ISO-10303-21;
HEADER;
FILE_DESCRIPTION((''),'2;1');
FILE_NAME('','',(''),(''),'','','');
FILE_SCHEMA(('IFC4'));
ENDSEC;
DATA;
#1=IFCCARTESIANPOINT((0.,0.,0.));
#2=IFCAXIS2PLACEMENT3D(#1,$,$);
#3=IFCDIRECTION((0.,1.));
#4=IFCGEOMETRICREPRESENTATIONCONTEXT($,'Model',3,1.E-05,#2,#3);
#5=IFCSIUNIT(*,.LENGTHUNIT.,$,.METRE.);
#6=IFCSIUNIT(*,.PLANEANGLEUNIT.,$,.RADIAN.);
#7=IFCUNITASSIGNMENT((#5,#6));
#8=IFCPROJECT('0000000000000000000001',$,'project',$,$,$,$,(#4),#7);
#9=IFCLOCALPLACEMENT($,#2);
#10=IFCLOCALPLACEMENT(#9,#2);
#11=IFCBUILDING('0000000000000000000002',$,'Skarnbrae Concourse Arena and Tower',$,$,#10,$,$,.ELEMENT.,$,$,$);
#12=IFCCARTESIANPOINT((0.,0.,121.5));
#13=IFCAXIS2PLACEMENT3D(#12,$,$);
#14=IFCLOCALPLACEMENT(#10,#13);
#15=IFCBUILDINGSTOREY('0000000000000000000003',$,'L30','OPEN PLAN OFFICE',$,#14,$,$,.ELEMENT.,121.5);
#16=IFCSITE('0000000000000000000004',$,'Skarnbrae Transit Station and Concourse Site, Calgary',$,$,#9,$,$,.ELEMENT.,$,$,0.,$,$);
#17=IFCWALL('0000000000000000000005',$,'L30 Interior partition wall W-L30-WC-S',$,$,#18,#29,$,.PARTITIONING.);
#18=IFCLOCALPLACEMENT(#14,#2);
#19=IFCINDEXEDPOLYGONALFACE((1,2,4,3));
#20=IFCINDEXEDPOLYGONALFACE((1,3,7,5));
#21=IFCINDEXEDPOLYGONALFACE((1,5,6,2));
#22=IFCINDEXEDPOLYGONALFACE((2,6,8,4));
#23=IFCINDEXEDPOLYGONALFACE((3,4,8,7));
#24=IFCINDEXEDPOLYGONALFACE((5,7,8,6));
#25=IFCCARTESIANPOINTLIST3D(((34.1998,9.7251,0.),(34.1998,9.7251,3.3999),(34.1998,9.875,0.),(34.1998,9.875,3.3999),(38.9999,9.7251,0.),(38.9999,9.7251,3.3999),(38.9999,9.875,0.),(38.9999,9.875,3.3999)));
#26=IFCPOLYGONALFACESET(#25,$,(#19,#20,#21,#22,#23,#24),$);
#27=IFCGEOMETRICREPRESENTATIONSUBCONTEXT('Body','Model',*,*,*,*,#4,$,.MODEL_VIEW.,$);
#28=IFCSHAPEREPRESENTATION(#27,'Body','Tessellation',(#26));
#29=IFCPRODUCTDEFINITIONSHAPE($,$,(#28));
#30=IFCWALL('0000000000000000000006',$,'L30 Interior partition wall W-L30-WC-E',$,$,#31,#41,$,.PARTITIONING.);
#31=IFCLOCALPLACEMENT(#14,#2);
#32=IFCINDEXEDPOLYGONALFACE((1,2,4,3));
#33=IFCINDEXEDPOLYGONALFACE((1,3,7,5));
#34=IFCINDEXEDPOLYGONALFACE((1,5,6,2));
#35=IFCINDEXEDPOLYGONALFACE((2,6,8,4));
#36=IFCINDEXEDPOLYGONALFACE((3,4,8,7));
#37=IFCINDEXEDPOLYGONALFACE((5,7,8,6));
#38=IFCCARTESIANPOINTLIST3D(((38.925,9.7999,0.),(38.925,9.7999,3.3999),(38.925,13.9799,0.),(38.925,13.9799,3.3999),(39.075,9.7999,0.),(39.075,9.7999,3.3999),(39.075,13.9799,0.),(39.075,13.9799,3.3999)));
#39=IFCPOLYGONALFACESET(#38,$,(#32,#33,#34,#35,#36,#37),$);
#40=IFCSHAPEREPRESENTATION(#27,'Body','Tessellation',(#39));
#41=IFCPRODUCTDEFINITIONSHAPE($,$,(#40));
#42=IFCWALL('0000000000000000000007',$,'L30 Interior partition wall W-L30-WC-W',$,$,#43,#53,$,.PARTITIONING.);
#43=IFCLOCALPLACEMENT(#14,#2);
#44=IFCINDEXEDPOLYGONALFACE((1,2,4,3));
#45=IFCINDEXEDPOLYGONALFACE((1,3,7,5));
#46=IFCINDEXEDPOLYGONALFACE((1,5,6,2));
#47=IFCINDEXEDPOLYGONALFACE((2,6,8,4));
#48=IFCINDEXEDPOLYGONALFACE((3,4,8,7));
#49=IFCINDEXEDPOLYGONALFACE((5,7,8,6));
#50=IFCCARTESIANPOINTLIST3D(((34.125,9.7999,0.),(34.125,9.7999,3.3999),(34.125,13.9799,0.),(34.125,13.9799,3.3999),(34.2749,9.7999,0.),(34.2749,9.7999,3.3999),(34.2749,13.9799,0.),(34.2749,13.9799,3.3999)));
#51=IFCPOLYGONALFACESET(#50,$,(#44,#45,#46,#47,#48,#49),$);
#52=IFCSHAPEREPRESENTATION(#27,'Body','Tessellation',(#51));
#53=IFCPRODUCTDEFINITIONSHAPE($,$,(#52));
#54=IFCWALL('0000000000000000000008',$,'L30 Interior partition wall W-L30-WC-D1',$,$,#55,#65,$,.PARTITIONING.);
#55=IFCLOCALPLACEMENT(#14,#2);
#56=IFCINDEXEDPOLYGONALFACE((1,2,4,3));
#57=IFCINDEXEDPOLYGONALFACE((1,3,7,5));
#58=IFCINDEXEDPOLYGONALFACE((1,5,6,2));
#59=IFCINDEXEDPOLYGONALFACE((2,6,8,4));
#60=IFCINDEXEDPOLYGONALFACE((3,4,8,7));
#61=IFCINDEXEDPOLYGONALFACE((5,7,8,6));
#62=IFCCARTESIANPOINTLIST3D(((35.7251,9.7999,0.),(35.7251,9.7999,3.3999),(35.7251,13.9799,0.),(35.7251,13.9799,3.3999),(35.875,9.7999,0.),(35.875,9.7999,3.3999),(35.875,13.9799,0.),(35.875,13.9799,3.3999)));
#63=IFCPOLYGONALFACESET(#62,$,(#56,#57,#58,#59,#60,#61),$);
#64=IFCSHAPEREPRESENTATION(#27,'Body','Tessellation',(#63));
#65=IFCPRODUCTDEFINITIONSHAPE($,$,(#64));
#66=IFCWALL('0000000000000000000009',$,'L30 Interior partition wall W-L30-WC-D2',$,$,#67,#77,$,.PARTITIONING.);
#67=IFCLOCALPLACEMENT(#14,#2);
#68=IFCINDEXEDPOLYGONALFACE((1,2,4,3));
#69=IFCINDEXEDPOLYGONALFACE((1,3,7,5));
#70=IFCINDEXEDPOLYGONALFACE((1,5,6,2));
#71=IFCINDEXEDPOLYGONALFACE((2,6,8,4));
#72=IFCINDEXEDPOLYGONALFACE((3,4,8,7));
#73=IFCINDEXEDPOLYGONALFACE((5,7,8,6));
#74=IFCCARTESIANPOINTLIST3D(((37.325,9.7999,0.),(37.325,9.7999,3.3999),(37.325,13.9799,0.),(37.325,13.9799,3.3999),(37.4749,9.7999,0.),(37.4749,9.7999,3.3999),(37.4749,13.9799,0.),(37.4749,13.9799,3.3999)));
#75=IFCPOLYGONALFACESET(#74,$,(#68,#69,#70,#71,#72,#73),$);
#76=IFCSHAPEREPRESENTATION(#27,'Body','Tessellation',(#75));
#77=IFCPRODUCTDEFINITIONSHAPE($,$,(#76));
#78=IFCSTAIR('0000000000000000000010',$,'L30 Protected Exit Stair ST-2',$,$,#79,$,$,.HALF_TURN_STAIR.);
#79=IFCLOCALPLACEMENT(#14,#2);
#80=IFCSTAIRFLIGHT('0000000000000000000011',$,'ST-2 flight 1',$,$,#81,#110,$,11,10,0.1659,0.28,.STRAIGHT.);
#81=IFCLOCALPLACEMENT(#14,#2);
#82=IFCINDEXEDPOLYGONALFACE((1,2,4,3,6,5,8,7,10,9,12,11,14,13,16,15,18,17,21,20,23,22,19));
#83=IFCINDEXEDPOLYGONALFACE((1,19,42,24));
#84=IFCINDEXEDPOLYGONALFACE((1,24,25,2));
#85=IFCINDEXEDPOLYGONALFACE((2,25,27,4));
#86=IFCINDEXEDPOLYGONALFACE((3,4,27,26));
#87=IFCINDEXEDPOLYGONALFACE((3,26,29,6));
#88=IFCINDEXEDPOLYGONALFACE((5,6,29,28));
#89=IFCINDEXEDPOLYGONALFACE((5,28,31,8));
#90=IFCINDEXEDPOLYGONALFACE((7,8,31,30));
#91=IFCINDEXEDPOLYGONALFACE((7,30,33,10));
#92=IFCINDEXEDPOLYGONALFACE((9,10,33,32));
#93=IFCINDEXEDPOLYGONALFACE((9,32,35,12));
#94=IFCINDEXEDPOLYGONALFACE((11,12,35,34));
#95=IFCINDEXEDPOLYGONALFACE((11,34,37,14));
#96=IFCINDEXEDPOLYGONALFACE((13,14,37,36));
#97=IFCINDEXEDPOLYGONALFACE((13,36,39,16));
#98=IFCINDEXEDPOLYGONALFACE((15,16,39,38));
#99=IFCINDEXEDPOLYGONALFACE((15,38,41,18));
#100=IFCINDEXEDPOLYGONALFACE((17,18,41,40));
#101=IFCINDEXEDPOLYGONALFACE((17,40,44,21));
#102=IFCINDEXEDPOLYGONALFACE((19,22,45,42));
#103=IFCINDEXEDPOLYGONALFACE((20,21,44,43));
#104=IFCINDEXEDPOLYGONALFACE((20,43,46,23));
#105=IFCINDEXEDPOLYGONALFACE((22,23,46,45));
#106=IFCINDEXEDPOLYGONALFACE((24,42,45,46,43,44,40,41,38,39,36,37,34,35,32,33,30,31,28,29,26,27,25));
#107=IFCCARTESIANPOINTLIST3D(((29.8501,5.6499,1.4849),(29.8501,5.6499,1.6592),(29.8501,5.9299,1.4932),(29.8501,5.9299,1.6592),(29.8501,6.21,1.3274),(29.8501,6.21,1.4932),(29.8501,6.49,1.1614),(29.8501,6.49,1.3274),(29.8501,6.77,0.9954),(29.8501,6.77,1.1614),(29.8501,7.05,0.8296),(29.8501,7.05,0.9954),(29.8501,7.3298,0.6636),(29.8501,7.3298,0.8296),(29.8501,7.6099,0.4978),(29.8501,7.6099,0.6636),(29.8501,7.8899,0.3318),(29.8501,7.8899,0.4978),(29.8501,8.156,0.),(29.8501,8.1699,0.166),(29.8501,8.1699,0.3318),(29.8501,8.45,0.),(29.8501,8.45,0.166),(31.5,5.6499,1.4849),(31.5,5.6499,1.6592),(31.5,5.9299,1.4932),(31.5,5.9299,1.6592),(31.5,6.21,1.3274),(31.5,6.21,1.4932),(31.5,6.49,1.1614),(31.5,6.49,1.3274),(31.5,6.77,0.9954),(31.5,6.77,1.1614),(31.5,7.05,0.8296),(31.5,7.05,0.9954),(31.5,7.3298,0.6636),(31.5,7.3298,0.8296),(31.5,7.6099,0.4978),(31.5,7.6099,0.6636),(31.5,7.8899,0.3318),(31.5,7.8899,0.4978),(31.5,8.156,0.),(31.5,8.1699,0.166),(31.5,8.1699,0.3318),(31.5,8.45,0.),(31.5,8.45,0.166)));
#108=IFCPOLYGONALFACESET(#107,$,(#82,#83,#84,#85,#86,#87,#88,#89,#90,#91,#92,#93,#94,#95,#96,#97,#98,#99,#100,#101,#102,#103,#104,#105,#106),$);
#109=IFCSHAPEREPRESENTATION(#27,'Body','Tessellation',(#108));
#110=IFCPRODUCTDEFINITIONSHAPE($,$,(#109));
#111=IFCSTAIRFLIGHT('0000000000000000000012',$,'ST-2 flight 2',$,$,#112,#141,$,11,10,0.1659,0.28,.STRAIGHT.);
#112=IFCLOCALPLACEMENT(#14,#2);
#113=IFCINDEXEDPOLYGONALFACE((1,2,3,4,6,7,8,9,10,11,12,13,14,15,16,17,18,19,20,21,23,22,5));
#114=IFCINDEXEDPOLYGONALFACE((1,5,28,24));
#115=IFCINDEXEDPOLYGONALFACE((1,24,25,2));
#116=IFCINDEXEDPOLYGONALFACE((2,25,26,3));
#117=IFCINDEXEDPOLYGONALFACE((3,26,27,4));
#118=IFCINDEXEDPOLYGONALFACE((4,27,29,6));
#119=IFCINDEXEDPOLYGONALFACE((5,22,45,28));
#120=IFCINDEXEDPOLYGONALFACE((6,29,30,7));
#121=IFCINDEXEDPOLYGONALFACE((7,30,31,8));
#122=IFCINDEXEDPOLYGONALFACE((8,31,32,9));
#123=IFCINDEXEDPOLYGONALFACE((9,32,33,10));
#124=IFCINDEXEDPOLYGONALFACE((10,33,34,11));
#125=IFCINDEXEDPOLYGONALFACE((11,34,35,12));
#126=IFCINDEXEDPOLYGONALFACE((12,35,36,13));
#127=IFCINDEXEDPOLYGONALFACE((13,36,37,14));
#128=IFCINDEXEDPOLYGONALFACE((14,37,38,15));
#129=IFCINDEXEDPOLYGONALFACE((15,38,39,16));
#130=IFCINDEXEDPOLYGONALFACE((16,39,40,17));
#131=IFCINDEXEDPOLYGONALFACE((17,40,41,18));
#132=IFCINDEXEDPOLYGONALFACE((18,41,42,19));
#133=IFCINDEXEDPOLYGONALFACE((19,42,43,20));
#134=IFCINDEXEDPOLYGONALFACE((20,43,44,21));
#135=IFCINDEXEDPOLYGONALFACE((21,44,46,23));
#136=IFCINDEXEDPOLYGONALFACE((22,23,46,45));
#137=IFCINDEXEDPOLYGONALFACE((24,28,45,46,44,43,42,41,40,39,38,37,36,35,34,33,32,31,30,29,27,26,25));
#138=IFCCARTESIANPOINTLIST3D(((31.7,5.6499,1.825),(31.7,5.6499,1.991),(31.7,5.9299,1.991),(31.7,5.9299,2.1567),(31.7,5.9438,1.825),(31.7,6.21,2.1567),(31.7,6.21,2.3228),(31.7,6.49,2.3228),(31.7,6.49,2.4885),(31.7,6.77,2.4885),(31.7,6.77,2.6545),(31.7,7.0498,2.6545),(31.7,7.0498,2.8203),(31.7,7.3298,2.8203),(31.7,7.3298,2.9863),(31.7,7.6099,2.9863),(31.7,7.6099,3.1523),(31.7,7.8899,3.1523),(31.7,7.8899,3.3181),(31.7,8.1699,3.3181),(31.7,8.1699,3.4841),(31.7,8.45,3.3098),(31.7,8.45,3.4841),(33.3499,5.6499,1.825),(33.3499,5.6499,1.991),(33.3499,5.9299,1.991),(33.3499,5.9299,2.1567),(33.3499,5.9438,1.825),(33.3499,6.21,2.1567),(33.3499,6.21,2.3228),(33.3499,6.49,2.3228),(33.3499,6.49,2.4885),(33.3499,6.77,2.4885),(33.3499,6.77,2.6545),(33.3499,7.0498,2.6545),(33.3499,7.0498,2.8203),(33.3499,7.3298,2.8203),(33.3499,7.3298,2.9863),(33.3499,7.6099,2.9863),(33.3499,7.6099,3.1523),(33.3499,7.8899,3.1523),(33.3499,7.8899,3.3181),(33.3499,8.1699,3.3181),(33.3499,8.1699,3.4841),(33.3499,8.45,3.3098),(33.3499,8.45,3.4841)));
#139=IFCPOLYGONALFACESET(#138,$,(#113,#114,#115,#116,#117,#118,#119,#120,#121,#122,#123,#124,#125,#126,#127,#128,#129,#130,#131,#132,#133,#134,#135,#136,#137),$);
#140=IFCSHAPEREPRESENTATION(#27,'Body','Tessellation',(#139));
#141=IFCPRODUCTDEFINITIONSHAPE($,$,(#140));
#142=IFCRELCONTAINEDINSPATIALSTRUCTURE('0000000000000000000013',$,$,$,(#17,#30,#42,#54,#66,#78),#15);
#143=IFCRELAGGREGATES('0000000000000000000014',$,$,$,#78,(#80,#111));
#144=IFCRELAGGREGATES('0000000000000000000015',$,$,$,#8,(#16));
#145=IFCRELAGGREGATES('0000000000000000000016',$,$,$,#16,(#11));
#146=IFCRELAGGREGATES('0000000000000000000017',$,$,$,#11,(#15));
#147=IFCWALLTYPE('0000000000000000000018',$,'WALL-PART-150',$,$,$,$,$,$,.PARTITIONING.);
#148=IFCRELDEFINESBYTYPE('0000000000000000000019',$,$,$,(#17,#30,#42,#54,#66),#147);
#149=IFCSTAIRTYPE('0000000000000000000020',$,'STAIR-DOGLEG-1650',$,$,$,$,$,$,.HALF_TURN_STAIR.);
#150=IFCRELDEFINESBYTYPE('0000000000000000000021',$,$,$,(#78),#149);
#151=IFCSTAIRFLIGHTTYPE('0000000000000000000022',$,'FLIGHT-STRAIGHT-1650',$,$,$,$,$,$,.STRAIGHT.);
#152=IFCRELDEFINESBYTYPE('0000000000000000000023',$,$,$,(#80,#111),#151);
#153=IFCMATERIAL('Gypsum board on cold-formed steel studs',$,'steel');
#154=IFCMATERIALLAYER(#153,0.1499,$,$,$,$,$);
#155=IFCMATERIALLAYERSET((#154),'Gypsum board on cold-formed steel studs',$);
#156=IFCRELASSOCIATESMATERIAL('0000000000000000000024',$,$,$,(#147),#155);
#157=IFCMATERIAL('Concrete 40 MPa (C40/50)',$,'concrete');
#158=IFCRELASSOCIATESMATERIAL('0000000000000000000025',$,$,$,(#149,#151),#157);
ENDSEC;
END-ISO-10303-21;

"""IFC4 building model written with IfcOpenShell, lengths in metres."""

from ifc_helpers import new_model, si_unit, direction, frame, frame_2d, origin, place, context, subcontext, project, spatial, polyline, rectangle, outline, extrude, source, transform, mapped, material, layer, layer_set, type_object, element, aggregate, save


model = new_model("IFC4")

# Units and contexts
model_context = context("Model", 3, precision=1e-05, world=origin(), true_north=direction((0.0, 1.0)))
body_context = subcontext(model_context, "Body", "Model", "MODEL_VIEW")
ifc_project = project(units=[si_unit("LENGTHUNIT", "METRE"), si_unit("PLANEANGLEUNIT", "RADIAN")], contexts=[model_context])

# Site, building, storey
site_placement = place(None, origin())
site = spatial("IfcSite", under=ifc_project, at=site_placement, Name="Skarnbrae Transit Station and Concourse Site, Calgary", CompositionType="ELEMENT", RefElevation=0.0)
building_placement = place(site_placement, origin())
building = spatial("IfcBuilding", under=site, at=building_placement, Name="Skarnbrae Concourse Arena and Tower", CompositionType="ELEMENT")
storey_placement = place(building_placement, frame((0.0, 0.0, 121.5)))
storey = spatial("IfcBuildingStorey", under=building, at=storey_placement, Name="L30", Description="OPEN PLAN OFFICE", CompositionType="ELEMENT", Elevation=121.5)

# Walls
ifc_material_1 = material(Name="Gypsum board on cold-formed steel studs", Category="steel")
ifc_layer_1 = layer(ifc_material_1, 0.1499)
ifc_layer_set_1 = layer_set([ifc_layer_1], Name="Gypsum board on cold-formed steel studs")
wall_type_1 = type_object("IfcWallType", Name="WALL-PART-150", PredefinedType="PARTITIONING", material=ifc_layer_set_1)
shared_shape_1 = source(origin(), body_context, "Body", "SweptSolid", [
    extrude(rectangle(XDim=4.8, YDim=0.1499, at=frame_2d((2.3999, 0.0))), origin(), (0.0, 0.0, 1.0), 3.3999),
])
wall_1_placement = place(storey_placement, frame((34.2, 9.8, 0.0), z_axis=(0.0, 0.0, 1.0), x_axis=(1.0, 0.0, 0.0)))
element("IfcWall", 1, at=wall_1_placement, inside=storey, type_object=wall_type_1, Name="L30 Interior partition wall W-L30-WC-S", PredefinedType="PARTITIONING", context=body_context, shape_type="MappedRepresentation", body=[
    mapped(shared_shape_1, transform((0.0, 0.0, 0.0))),
])
shared_shape_2 = source(origin(), body_context, "Body", "SweptSolid", [
    extrude(rectangle(XDim=4.1799, YDim=0.1499, at=frame_2d((2.0898, 0.0))), origin(), (0.0, 0.0, 1.0), 3.3999),
])
for number, where, z_axis, x_axis, name in (
    (2, (39.0, 9.8, 0.0), (0.0, 0.0, 1.0), (0.0, 1.0, 0.0), "L30 Interior partition wall W-L30-WC-E"),
    (3, (34.2, 9.8, 0.0), (0.0, 0.0, 1.0), (0.0, 1.0, 0.0), "L30 Interior partition wall W-L30-WC-W"),
    (4, (35.8, 9.8, 0.0), (0.0, 0.0, 1.0), (0.0, 1.0, 0.0), "L30 Interior partition wall W-L30-WC-D1"),
    (5, (37.3999, 9.8, 0.0), (0.0, 0.0, 1.0), (0.0, 1.0, 0.0), "L30 Interior partition wall W-L30-WC-D2"),
):
    element("IfcWall", number, at=place(storey_placement, frame(where, z_axis=z_axis, x_axis=x_axis)), inside=storey, type_object=wall_type_1, Name=name, PredefinedType="PARTITIONING", context=body_context, shape_type="MappedRepresentation", body=[
        mapped(shared_shape_2, transform((0.0, 0.0, 0.0))),
    ])

# Stair, stair flights
ifc_material_2 = material(Name="Concrete 40 MPa (C40/50)", Category="concrete")
stair_type = type_object("IfcStairType", Name="STAIR-DOGLEG-1650", PredefinedType="HALF_TURN_STAIR", material=ifc_material_2)
stair_placement = place(storey_placement, origin())
stair = element("IfcStair", 6, at=stair_placement, inside=storey, type_object=stair_type, Name="L30 Protected Exit Stair ST-2", PredefinedType="HALF_TURN_STAIR")
stair_flight_type = type_object("IfcStairFlightType", Name="FLIGHT-STRAIGHT-1650", PredefinedType="STRAIGHT", material=ifc_material_2)
shared_shape_3 = source(origin(), body_context, "Body", "SweptSolid", [
    extrude(outline(polyline([(0.0, 0.0), (0.0, 0.166), (0.28, 0.166), (0.28, 0.3318), (0.5601, 0.3318), (0.5601, 0.4978), (0.8401, 0.4978), (0.8401, 0.6636), (1.1201, 0.6636), (1.1201, 0.8296), (1.3999, 0.8296), (1.3999, 0.9954), (1.6799, 0.9954), (1.6799, 1.1614), (1.96, 1.1614), (1.96, 1.3274), (2.24, 1.3274), (2.24, 1.4932), (2.52, 1.4932), (2.52, 1.6592), (2.8, 1.6592), (2.8, 1.825), (2.8, 1.4849), (0.2939, 0.0), (0.0, 0.0)])), frame((0.0, 0.825, 0.0), z_axis=(0.0, -1.0, 0.0), x_axis=(1.0, 0.0, 0.0)), (0.0, 0.0, 1.0), 1.6499),
])
stair_flight_1_placement = place(storey_placement, frame((30.675, 8.45, 0.0), z_axis=(0.0, 0.0, 1.0), x_axis=(0.0, -1.0, 0.0)))
stair_flight_1 = element("IfcStairFlight", 7, at=stair_flight_1_placement, type_object=stair_flight_type, Name="ST-2 flight 1", NumberOfRisers=11, NumberOfTreads=10, PredefinedType="STRAIGHT", RiserHeight=0.1659, TreadLength=0.28, context=body_context, shape_type="MappedRepresentation", body=[
    mapped(shared_shape_3, transform((0.0, 0.0, 0.0))),
])
stair_flight_2_placement = place(storey_placement, frame((32.5249, 5.6499, 1.825), z_axis=(0.0, 0.0, 1.0), x_axis=(0.0, 1.0, 0.0)))
stair_flight_2 = element("IfcStairFlight", 8, at=stair_flight_2_placement, type_object=stair_flight_type, Name="ST-2 flight 2", NumberOfRisers=11, NumberOfTreads=10, PredefinedType="STRAIGHT", RiserHeight=0.1659, TreadLength=0.28, context=body_context, shape_type="MappedRepresentation", body=[
    mapped(shared_shape_3, transform((0.0, 0.0, 0.0))),
])
aggregate(stair, [stair_flight_1, stair_flight_2])

save(model, "model.ifc")
